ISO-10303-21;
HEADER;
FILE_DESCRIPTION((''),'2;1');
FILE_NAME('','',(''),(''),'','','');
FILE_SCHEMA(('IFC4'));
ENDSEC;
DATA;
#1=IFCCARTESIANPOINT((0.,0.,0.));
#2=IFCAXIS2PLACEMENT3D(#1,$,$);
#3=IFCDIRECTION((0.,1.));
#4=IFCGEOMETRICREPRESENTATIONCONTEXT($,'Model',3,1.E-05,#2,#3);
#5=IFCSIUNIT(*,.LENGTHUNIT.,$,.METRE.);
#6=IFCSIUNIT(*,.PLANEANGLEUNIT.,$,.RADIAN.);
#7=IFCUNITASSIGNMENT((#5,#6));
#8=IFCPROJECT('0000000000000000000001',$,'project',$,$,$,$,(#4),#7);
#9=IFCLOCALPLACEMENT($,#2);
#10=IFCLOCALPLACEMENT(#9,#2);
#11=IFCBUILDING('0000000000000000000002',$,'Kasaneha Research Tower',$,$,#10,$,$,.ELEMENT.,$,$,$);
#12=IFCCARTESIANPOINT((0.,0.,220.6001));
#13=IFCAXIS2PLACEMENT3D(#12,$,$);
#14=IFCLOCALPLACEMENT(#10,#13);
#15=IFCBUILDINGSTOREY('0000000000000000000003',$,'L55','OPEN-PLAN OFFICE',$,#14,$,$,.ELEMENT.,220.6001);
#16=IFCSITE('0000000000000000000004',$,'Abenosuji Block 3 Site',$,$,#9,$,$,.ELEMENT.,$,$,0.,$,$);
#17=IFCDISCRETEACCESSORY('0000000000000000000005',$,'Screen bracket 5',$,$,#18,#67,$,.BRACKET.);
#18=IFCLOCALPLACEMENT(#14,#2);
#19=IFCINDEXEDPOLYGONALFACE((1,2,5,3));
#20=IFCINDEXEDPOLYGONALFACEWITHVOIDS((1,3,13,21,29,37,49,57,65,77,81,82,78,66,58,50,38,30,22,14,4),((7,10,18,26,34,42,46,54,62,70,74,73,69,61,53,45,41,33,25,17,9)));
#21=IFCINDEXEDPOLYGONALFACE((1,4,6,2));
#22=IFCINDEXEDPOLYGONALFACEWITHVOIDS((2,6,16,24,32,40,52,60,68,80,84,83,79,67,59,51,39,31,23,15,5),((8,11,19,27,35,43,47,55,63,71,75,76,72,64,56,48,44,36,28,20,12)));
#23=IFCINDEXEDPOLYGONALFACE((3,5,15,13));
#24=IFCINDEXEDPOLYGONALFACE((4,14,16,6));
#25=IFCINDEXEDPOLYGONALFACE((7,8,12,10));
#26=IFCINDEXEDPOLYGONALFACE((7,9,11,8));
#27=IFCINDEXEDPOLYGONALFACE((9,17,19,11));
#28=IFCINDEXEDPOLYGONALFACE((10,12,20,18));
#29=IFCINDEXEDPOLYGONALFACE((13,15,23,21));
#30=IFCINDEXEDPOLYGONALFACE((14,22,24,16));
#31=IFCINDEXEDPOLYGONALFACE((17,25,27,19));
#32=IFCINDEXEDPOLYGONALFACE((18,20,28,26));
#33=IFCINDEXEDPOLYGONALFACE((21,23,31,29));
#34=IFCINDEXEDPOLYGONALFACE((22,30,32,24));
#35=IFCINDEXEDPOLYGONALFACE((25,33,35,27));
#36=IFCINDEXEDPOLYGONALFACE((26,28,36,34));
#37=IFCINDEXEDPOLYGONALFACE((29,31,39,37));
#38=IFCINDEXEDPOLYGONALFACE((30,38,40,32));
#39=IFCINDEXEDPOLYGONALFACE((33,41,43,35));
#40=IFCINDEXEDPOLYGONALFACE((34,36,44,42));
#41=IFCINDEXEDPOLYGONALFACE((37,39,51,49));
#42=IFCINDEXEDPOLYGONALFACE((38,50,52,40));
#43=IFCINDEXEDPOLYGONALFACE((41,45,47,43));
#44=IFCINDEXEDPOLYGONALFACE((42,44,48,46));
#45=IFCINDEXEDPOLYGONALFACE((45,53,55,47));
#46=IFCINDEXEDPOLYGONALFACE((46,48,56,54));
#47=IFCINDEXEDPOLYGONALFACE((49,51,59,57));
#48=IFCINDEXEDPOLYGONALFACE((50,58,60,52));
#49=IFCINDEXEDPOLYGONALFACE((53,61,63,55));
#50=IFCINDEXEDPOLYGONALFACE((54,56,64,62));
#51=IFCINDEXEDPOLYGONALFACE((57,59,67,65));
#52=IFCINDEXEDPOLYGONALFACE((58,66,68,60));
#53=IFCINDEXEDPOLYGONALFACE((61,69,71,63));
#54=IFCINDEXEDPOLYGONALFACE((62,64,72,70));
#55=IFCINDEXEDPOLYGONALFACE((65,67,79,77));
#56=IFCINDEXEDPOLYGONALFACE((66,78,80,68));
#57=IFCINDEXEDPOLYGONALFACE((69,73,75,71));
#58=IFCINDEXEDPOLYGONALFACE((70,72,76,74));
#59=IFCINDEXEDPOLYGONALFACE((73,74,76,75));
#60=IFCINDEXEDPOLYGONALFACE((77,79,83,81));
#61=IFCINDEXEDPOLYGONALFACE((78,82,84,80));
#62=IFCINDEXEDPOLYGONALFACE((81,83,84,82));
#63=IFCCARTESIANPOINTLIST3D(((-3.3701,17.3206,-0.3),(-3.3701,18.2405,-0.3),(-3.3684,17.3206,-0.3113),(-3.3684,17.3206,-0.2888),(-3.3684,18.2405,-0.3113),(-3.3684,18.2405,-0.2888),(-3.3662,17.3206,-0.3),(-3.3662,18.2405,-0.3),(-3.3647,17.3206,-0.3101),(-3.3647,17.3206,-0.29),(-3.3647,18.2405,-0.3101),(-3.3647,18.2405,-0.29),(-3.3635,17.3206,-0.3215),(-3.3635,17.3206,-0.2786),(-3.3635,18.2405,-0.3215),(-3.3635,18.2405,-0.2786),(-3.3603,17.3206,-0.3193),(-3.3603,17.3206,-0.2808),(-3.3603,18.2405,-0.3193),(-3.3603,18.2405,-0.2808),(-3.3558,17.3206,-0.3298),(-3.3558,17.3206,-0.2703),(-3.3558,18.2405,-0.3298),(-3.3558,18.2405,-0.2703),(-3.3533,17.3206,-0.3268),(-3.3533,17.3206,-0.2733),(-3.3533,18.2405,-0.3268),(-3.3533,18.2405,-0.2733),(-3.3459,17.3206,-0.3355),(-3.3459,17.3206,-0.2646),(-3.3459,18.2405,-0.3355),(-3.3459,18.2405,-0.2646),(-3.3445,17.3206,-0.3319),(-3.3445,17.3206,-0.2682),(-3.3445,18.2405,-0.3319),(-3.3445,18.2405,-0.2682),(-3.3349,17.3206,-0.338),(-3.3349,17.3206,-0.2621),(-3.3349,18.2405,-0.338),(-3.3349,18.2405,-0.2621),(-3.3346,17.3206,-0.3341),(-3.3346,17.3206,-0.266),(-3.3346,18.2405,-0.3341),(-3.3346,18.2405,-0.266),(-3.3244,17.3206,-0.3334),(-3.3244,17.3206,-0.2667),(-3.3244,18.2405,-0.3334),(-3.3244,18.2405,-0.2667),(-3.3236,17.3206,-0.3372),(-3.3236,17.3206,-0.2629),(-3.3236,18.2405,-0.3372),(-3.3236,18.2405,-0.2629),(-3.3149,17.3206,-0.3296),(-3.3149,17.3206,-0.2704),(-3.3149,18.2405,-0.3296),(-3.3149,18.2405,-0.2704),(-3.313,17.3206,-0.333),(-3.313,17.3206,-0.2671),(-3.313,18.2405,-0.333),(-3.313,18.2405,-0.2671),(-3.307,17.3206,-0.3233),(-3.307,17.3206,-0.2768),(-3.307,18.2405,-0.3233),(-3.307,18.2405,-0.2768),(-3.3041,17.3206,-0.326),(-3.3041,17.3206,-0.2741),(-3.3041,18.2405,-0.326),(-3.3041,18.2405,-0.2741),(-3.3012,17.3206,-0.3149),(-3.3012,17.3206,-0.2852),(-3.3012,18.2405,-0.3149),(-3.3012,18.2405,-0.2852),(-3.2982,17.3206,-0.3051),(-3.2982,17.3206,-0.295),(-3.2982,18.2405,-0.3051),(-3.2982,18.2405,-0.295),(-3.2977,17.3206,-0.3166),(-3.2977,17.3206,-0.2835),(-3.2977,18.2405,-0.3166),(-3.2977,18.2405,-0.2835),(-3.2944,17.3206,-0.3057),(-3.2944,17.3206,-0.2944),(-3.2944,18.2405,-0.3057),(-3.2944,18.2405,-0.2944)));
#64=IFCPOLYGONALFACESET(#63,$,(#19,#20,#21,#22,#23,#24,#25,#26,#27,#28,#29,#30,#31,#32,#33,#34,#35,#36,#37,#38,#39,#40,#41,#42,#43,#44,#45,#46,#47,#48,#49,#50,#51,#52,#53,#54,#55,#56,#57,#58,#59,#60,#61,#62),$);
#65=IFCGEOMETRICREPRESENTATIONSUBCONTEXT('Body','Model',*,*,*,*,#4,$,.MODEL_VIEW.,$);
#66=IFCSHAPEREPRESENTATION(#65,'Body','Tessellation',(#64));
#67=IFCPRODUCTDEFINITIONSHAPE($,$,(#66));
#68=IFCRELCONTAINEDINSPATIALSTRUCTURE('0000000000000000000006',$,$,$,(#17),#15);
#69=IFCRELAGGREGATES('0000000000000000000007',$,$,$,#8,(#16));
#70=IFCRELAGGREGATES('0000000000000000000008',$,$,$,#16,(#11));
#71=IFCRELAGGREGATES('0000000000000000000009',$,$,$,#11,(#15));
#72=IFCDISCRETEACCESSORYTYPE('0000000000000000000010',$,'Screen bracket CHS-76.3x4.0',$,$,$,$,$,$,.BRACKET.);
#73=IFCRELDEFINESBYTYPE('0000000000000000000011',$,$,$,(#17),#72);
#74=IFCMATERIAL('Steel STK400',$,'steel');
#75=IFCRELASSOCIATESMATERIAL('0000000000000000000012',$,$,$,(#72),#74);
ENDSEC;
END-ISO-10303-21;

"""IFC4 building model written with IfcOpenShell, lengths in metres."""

from ifc_helpers import new_model, si_unit, direction, frame, origin, origin_2d, place, context, subcontext, project, spatial, hollow_circle, extrude, material, material_profile, profile_set, type_object, element, save


model = new_model("IFC4")

# Units and contexts
model_context = context("Model", 3, precision=1e-05, world=origin(), true_north=direction((0.0, 1.0)))
body_context = subcontext(model_context, "Body", "Model", "MODEL_VIEW")
ifc_project = project(units=[si_unit("LENGTHUNIT", "METRE"), si_unit("PLANEANGLEUNIT", "RADIAN")], contexts=[model_context])

# Site, building, storey
site_placement = place(None, origin())
site = spatial("IfcSite", under=ifc_project, at=site_placement, Name="Abenosuji Block 3 Site", CompositionType="ELEMENT", RefElevation=0.0)
building_placement = place(site_placement, origin())
building = spatial("IfcBuilding", under=site, at=building_placement, Name="Kasaneha Research Tower", CompositionType="ELEMENT")
storey_placement = place(building_placement, frame((0.0, 0.0, 220.6001)))
storey = spatial("IfcBuildingStorey", under=building, at=storey_placement, Name="L55", Description="OPEN-PLAN OFFICE", CompositionType="ELEMENT", Elevation=220.6001)

# Discrete accessory
ifc_material_1 = material(Name="Steel STK400", Category="steel")
ifc_material_profile_1 = material_profile(ifc_material_1, hollow_circle(Radius=0.0381, WallThickness=0.0039, at=origin_2d()), Name="CHS-76.3x4.0")
ifc_profile_set_1 = profile_set([ifc_material_profile_1], Name="Steel STK400")
discrete_accessory_type = type_object("IfcDiscreteAccessoryType", Name="Screen bracket CHS-76.3x4.0", PredefinedType="BRACKET", material=ifc_profile_set_1)
for number, where, z_axis, x_axis, name in (
    (1, (-3.332, 17.3206, -0.3), (0.0, 1.0, 0.0), (-1.0, 0.0, 0.0), "Screen bracket 5"),
):
    element("IfcDiscreteAccessory", number, at=place(storey_placement, frame(where, z_axis=z_axis, x_axis=x_axis)), inside=storey, type_object=discrete_accessory_type, Name=name, PredefinedType="BRACKET", context=body_context, shape_type="SweptSolid", body=[
        extrude(hollow_circle(Radius=0.0381, WallThickness=0.0039, at=origin_2d()), origin(), (0.0, 0.0, 1.0), 0.9199),
    ])

save(model, "model.ifc")
